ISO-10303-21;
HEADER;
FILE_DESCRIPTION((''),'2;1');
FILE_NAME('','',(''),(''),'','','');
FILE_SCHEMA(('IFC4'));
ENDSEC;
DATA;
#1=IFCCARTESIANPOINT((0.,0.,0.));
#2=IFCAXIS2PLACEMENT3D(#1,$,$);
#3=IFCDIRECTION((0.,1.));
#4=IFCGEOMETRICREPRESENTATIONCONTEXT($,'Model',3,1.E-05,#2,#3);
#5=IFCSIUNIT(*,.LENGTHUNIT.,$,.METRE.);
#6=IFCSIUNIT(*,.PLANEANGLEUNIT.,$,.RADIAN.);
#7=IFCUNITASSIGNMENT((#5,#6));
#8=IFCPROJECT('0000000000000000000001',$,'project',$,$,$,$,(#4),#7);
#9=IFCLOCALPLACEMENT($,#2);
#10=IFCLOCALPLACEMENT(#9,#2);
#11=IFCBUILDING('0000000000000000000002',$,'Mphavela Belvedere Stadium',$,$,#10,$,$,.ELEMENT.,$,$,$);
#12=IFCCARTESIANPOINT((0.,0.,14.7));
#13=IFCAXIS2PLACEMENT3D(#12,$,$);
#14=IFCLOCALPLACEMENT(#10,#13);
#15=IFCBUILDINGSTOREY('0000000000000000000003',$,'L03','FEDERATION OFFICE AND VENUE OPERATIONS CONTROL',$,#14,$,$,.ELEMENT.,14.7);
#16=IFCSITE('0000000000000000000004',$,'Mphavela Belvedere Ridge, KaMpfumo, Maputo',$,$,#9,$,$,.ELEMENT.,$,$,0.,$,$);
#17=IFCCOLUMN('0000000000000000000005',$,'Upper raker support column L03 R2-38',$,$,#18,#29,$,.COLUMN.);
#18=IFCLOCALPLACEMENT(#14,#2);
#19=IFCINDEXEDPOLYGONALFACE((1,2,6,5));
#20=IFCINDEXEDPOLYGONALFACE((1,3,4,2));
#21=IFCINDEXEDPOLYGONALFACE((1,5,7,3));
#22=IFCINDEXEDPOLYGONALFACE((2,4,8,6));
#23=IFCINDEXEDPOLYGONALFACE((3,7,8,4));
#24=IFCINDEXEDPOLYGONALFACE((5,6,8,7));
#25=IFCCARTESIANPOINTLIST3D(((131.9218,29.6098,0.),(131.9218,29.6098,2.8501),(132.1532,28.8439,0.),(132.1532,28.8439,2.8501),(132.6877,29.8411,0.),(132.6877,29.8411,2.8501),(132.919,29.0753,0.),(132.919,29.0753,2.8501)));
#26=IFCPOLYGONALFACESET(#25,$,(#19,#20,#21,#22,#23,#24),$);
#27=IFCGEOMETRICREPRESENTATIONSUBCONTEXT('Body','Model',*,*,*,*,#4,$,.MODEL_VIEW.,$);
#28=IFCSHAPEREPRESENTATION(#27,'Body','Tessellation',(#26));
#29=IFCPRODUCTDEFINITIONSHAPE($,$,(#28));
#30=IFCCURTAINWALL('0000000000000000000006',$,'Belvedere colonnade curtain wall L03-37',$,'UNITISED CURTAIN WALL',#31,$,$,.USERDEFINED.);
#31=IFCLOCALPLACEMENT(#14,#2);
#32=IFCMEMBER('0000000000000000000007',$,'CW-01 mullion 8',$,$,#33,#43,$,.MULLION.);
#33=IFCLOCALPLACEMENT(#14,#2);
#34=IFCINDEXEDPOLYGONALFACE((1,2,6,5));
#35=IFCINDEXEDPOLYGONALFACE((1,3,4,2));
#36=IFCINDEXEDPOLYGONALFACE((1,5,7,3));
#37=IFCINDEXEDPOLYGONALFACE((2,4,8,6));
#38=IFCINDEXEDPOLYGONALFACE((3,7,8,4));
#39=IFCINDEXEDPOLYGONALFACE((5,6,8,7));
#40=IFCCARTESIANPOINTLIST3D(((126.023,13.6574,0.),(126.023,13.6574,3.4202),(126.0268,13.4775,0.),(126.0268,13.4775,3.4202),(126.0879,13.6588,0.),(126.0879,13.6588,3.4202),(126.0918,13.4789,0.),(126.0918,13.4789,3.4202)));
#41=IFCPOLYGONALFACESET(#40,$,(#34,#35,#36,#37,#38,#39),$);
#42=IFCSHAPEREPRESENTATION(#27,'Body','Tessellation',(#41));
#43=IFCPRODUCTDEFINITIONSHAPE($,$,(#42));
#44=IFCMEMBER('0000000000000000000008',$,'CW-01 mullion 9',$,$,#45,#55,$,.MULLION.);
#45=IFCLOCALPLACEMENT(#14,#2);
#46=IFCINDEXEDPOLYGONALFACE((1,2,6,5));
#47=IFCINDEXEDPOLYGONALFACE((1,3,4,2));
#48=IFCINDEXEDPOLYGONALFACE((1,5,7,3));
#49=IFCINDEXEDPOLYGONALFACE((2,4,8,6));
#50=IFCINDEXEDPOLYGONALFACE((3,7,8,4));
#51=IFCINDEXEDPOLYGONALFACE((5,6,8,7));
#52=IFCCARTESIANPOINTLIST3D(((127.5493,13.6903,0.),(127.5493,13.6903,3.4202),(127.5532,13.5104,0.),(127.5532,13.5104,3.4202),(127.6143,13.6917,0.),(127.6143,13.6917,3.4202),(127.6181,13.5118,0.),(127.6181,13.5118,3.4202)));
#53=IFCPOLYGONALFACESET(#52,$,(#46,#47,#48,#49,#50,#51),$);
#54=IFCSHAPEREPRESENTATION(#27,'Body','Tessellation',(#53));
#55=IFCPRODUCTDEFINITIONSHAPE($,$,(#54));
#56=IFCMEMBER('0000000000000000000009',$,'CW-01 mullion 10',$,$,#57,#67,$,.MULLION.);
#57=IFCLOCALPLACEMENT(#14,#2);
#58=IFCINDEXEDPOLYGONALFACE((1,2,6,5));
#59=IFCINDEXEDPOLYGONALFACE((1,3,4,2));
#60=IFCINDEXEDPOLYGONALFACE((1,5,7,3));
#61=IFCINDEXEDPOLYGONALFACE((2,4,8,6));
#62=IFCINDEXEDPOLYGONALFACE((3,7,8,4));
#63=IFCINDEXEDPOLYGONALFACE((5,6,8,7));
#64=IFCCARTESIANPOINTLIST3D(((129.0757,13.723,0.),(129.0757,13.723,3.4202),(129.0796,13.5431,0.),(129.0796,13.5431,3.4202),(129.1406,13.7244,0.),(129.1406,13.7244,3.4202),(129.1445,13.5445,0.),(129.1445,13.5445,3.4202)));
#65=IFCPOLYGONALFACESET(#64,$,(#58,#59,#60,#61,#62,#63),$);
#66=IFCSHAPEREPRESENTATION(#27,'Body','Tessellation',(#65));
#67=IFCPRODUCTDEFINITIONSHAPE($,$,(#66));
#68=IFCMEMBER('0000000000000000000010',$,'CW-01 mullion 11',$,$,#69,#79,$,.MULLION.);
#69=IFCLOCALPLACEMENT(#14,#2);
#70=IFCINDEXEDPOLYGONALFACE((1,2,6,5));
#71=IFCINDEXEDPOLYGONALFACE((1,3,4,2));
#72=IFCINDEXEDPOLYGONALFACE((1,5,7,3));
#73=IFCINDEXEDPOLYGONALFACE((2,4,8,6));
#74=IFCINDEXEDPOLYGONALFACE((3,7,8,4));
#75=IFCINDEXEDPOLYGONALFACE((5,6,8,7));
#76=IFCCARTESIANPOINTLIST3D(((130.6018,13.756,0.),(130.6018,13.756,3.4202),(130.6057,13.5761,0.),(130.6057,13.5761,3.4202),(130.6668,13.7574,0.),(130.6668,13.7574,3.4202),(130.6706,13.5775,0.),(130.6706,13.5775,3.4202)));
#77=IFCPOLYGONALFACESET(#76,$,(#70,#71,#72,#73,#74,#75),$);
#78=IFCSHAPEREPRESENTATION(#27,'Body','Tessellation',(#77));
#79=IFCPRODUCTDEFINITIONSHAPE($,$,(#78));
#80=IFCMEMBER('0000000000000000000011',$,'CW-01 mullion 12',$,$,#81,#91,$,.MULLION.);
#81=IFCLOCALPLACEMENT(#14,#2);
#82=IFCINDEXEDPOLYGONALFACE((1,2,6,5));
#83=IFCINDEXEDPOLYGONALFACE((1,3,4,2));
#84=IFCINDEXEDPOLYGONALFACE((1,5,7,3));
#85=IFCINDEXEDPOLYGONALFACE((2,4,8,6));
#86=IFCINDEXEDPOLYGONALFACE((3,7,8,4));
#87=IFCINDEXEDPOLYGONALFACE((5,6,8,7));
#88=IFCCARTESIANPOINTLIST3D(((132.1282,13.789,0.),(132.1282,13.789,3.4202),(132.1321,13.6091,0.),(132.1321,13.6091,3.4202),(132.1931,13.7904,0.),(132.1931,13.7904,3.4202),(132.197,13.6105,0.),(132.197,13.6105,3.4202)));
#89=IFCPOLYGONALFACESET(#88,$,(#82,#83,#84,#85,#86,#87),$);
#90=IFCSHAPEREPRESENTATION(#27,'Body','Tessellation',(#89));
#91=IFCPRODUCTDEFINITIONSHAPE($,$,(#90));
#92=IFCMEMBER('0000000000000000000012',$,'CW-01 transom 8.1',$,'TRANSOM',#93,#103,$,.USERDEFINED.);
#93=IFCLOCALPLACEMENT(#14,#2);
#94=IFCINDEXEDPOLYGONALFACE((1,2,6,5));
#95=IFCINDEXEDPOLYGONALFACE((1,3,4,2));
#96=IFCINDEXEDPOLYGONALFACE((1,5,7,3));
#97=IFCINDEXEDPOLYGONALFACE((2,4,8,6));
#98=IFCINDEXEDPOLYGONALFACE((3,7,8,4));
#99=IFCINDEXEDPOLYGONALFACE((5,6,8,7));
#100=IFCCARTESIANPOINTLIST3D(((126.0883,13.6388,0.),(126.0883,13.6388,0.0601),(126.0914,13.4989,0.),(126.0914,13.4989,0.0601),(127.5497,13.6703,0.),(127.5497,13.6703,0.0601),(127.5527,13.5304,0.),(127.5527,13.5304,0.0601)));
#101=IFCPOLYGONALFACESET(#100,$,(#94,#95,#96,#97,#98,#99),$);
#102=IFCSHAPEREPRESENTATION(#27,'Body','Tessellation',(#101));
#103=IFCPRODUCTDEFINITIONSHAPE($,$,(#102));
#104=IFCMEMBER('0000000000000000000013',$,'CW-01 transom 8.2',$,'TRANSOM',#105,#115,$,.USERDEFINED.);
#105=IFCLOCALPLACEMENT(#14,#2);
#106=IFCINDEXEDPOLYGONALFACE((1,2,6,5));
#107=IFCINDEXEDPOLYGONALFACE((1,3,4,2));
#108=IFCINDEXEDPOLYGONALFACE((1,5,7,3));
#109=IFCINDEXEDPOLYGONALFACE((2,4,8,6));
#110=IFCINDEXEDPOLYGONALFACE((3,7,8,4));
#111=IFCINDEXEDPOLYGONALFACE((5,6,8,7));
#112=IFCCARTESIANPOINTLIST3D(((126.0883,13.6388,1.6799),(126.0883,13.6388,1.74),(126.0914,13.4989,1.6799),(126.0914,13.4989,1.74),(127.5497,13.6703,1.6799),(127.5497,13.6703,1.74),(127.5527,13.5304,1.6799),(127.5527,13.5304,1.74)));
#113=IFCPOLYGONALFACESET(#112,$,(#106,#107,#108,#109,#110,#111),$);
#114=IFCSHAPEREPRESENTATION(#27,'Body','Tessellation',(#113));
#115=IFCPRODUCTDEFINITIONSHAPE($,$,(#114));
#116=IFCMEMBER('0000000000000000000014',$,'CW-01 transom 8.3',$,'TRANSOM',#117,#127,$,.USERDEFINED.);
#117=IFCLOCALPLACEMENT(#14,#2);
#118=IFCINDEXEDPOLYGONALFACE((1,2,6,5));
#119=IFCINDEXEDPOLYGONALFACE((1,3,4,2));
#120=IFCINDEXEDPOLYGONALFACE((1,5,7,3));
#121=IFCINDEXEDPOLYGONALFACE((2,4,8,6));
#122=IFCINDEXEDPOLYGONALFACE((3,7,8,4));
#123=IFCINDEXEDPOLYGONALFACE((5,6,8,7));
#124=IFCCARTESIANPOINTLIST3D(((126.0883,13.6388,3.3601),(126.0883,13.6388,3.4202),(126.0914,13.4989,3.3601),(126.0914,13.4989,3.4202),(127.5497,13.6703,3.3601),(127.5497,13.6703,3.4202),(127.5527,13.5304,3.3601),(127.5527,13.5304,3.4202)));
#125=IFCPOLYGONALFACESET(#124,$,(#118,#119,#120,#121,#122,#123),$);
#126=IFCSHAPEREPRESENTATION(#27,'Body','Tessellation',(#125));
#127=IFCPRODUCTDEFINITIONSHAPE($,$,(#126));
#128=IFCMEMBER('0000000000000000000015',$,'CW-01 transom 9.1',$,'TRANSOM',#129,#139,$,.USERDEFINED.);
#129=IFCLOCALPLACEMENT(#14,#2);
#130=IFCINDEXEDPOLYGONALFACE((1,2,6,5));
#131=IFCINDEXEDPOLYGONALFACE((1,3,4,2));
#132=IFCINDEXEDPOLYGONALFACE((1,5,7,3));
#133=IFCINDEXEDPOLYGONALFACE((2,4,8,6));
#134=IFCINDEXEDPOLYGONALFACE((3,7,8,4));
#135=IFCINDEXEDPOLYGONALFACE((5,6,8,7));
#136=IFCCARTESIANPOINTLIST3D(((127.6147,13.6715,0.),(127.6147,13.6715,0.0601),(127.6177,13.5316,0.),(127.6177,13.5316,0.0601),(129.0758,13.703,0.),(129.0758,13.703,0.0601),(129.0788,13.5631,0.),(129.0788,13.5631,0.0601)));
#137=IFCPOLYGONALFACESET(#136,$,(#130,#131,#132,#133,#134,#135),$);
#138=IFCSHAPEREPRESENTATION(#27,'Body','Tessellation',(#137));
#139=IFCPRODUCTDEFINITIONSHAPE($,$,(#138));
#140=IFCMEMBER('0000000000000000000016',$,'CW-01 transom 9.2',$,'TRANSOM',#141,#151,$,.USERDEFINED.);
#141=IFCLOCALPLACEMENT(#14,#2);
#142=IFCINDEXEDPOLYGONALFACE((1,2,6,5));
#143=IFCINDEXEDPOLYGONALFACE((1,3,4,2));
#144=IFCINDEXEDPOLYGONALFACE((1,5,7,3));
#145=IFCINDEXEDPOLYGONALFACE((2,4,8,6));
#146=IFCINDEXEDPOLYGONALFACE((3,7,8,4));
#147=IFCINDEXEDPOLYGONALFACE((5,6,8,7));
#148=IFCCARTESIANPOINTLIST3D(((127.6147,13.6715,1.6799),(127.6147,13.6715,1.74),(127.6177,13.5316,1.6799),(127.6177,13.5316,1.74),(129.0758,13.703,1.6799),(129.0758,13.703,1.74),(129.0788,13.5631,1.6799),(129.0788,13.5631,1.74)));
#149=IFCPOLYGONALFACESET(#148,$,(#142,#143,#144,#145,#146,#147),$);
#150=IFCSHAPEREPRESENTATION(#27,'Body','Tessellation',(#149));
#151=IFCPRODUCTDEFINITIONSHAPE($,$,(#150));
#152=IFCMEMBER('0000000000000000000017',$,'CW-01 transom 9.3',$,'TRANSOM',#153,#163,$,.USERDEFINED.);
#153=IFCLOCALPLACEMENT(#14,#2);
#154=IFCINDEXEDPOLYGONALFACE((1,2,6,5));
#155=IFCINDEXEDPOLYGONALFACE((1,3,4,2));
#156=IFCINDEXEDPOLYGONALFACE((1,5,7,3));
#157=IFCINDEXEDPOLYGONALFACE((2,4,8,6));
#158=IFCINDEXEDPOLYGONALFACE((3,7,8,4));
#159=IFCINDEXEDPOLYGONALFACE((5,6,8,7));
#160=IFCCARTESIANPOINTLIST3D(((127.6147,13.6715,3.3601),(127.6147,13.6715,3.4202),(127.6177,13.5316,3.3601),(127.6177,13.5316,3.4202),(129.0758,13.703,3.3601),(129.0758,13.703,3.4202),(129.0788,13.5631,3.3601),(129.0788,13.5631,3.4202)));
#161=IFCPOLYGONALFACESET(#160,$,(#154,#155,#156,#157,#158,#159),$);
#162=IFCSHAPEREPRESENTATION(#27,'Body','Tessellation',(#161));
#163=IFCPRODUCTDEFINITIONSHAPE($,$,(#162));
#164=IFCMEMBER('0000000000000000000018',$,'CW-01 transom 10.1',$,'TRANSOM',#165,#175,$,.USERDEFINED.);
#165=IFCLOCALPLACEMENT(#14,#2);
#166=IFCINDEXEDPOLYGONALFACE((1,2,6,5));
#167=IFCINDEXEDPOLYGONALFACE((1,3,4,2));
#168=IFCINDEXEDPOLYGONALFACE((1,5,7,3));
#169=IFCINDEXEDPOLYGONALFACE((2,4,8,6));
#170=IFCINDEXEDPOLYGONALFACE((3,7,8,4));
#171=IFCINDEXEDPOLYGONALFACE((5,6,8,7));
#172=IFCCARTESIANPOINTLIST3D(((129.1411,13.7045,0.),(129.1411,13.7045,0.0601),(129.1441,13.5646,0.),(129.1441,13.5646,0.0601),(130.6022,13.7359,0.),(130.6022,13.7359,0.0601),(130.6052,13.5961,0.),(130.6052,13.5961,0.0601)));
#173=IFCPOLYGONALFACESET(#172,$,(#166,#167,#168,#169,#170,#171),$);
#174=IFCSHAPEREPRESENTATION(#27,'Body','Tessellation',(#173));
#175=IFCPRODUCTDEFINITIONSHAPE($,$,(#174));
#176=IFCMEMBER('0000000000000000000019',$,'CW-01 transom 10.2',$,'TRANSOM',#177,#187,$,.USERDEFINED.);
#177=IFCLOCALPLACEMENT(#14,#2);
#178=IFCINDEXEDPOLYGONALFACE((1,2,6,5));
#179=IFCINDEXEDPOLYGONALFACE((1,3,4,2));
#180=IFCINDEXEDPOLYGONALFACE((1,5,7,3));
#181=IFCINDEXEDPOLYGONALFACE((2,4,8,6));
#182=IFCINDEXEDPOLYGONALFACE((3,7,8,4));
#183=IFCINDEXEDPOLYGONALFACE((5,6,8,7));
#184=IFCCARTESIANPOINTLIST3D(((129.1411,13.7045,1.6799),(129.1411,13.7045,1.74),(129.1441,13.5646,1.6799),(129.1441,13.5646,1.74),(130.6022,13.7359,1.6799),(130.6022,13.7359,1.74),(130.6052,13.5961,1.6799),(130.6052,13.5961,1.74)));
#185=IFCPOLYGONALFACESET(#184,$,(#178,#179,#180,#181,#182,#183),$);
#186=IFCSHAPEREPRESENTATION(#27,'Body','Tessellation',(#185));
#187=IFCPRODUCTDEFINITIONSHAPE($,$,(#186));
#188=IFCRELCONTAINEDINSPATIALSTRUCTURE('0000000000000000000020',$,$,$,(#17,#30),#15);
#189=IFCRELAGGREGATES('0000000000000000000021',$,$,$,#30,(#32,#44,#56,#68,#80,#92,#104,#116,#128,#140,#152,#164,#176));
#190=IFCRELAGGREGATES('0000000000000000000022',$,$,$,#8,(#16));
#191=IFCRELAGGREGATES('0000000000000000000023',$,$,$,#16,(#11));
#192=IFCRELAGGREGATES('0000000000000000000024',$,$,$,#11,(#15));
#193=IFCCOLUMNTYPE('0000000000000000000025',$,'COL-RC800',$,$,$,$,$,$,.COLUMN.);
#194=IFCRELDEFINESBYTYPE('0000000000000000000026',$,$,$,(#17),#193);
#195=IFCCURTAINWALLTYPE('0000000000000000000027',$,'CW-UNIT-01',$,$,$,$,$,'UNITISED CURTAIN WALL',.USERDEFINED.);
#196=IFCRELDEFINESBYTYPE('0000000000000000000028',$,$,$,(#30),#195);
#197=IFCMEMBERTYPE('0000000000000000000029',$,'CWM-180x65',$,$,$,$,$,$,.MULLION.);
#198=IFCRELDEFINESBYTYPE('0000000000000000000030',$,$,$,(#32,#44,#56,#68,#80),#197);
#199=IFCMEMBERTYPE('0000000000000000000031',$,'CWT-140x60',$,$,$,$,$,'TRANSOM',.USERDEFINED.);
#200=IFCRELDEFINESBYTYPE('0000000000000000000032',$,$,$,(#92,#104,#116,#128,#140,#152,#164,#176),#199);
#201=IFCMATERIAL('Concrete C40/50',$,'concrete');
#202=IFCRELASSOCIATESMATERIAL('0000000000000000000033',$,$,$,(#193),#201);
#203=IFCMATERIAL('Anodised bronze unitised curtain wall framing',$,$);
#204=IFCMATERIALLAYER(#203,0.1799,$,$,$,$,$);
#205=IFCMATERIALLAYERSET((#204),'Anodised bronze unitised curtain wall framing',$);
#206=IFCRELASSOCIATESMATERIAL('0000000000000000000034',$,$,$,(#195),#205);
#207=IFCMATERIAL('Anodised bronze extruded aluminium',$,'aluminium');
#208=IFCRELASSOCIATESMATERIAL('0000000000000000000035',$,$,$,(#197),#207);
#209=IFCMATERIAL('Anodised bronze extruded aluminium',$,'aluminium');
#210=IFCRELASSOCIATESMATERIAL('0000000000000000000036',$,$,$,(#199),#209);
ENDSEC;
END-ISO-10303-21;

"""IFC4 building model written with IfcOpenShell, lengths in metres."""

from ifc_helpers import new_model, si_unit, direction, frame, origin, origin_2d, place, context, subcontext, project, spatial, rectangle, extrude, material, layer, layer_set, material_profile, profile_set, type_object, element, aggregate, save


model = new_model("IFC4")

# Units and contexts
model_context = context("Model", 3, precision=1e-05, world=origin(), true_north=direction((0.0, 1.0)))
body_context = subcontext(model_context, "Body", "Model", "MODEL_VIEW")
ifc_project = project(units=[si_unit("LENGTHUNIT", "METRE"), si_unit("PLANEANGLEUNIT", "RADIAN")], contexts=[model_context])

# Site, building, storey
site_placement = place(None, origin())
site = spatial("IfcSite", under=ifc_project, at=site_placement, Name="Mphavela Belvedere Ridge, KaMpfumo, Maputo", CompositionType="ELEMENT", RefElevation=0.0)
building_placement = place(site_placement, origin())
building = spatial("IfcBuilding", under=site, at=building_placement, Name="Mphavela Belvedere Stadium", CompositionType="ELEMENT")
storey_placement = place(building_placement, frame((0.0, 0.0, 14.7)))
storey = spatial("IfcBuildingStorey", under=building, at=storey_placement, Name="L03", Description="FEDERATION OFFICE AND VENUE OPERATIONS CONTROL", CompositionType="ELEMENT", Elevation=14.7)

# Column
ifc_material_1 = material(Name="Concrete C40/50", Category="concrete")
ifc_material_profile_1 = material_profile(ifc_material_1, rectangle(XDim=0.8, YDim=0.8, at=origin_2d()), Name="RC 800x800")
ifc_profile_set_1 = profile_set([ifc_material_profile_1], Name="Concrete C40/50")
column_type = type_object("IfcColumnType", Name="COL-RC800", PredefinedType="COLUMN", material=ifc_profile_set_1)
column_placement = place(storey_placement, frame((132.4204, 29.3425, 0.0), z_axis=(0.0, 0.0, 1.0), x_axis=(0.289199, -0.957269, 0.0)))
element("IfcColumn", 1, at=column_placement, inside=storey, type_object=column_type, Name="Upper raker support column L03 R2-38", PredefinedType="COLUMN", context=body_context, shape_type="SweptSolid", body=[
    extrude(rectangle(XDim=0.8, YDim=0.8, at=origin_2d()), origin(), (0.0, 0.0, 1.0), 2.8501),
])

# Curtain wall, members
ifc_material_2 = material(Name="Anodised bronze unitised curtain wall framing")
ifc_layer_1 = layer(ifc_material_2, 0.1799)
ifc_layer_set_1 = layer_set([ifc_layer_1], Name="Anodised bronze unitised curtain wall framing")
curtain_wall_type = type_object("IfcCurtainWallType", Name="CW-UNIT-01", ElementType="UNITISED CURTAIN WALL", PredefinedType="USERDEFINED", material=ifc_layer_set_1)
curtain_wall_placement = place(storey_placement, origin())
curtain_wall = element("IfcCurtainWall", 2, at=curtain_wall_placement, inside=storey, type_object=curtain_wall_type, Name="Belvedere colonnade curtain wall L03-37", ObjectType="UNITISED CURTAIN WALL", PredefinedType="USERDEFINED")
ifc_material_3 = material(Name="Anodised bronze extruded aluminium", Category="aluminium")
ifc_material_profile_2 = material_profile(ifc_material_3, rectangle(XDim=0.1799, YDim=0.0649, at=origin_2d()), Name="CW-MUL 180x65")
ifc_profile_set_2 = profile_set([ifc_material_profile_2], Name="Anodised bronze extruded aluminium")
member_type_1 = type_object("IfcMemberType", Name="CWM-180x65", PredefinedType="MULLION", material=ifc_profile_set_2)
member_1_placement = place(storey_placement, frame((126.0574, 13.5681, 0.0), z_axis=(0.0, 0.0, 1.0), x_axis=(-0.021531, 0.999768, 0.0)))
member_1 = element("IfcMember", 3, at=member_1_placement, type_object=member_type_1, Name="CW-01 mullion 8", PredefinedType="MULLION", context=body_context, shape_type="SweptSolid", body=[
    extrude(rectangle(XDim=0.1799, YDim=0.0649, at=origin_2d()), origin(), (0.0, 0.0, 1.0), 3.4202),
])
member_2_placement = place(storey_placement, frame((127.5837, 13.6011, 0.0), z_axis=(0.0, 0.0, 1.0), x_axis=(-0.021531, 0.999768, 0.0)))
member_2 = element("IfcMember", 4, at=member_2_placement, type_object=member_type_1, Name="CW-01 mullion 9", PredefinedType="MULLION", context=body_context, shape_type="SweptSolid", body=[
    extrude(rectangle(XDim=0.1799, YDim=0.0649, at=origin_2d()), origin(), (0.0, 0.0, 1.0), 3.4202),
])
member_3_placement = place(storey_placement, frame((129.1101, 13.6338, 0.0), z_axis=(0.0, 0.0, 1.0), x_axis=(-0.021531, 0.999768, 0.0)))
member_3 = element("IfcMember", 5, at=member_3_placement, type_object=member_type_1, Name="CW-01 mullion 10", PredefinedType="MULLION", context=body_context, shape_type="SweptSolid", body=[
    extrude(rectangle(XDim=0.1799, YDim=0.0649, at=origin_2d()), origin(), (0.0, 0.0, 1.0), 3.4202),
])
member_4_placement = place(storey_placement, frame((130.6362, 13.6667, 0.0), z_axis=(0.0, 0.0, 1.0), x_axis=(-0.021531, 0.999768, 0.0)))
member_4 = element("IfcMember", 6, at=member_4_placement, type_object=member_type_1, Name="CW-01 mullion 11", PredefinedType="MULLION", context=body_context, shape_type="SweptSolid", body=[
    extrude(rectangle(XDim=0.1799, YDim=0.0649, at=origin_2d()), origin(), (0.0, 0.0, 1.0), 3.4202),
])
member_5_placement = place(storey_placement, frame((132.1626, 13.6997, 0.0), z_axis=(0.0, 0.0, 1.0), x_axis=(-0.021531, 0.999768, 0.0)))
member_5 = element("IfcMember", 7, at=member_5_placement, type_object=member_type_1, Name="CW-01 mullion 12", PredefinedType="MULLION", context=body_context, shape_type="SweptSolid", body=[
    extrude(rectangle(XDim=0.1799, YDim=0.0649, at=origin_2d()), origin(), (0.0, 0.0, 1.0), 3.4202),
])
ifc_material_4 = material(Name="Anodised bronze extruded aluminium", Category="aluminium")
ifc_material_profile_3 = material_profile(ifc_material_4, rectangle(XDim=0.1399, YDim=0.0601, at=origin_2d()), Name="CW-TRN 140x60")
ifc_profile_set_3 = profile_set([ifc_material_profile_3], Name="Anodised bronze extruded aluminium")
member_type_2 = type_object("IfcMemberType", Name="CWT-140x60", ElementType="TRANSOM", PredefinedType="USERDEFINED", material=ifc_profile_set_3)
member_6_placement = place(storey_placement, frame((126.0898, 13.5688, 0.03), z_axis=(0.999768, 0.021545, 0.0), x_axis=(-0.021545, 0.999768, 0.0)))
member_6 = element("IfcMember", 8, at=member_6_placement, type_object=member_type_2, Name="CW-01 transom 8.1", ObjectType="TRANSOM", PredefinedType="USERDEFINED", context=body_context, shape_type="SweptSolid", body=[
    extrude(rectangle(XDim=0.1399, YDim=0.0601, at=origin_2d()), origin(), (0.0, 0.0, 1.0), 1.4617),
])
member_7_placement = place(storey_placement, frame((126.0898, 13.5688, 1.71), z_axis=(0.999768, 0.021545, 0.0), x_axis=(-0.021545, 0.999768, 0.0)))
member_7 = element("IfcMember", 9, at=member_7_placement, type_object=member_type_2, Name="CW-01 transom 8.2", ObjectType="TRANSOM", PredefinedType="USERDEFINED", context=body_context, shape_type="SweptSolid", body=[
    extrude(rectangle(XDim=0.1399, YDim=0.0601, at=origin_2d()), origin(), (0.0, 0.0, 1.0), 1.4617),
])
member_8_placement = place(storey_placement, frame((126.0898, 13.5688, 3.3901), z_axis=(0.999768, 0.021545, 0.0), x_axis=(-0.021545, 0.999768, 0.0)))
member_8 = element("IfcMember", 10, at=member_8_placement, type_object=member_type_2, Name="CW-01 transom 8.3", ObjectType="TRANSOM", PredefinedType="USERDEFINED", context=body_context, shape_type="SweptSolid", body=[
    extrude(rectangle(XDim=0.1399, YDim=0.0601, at=origin_2d()), origin(), (0.0, 0.0, 1.0), 1.4617),
])
member_9_placement = place(storey_placement, frame((127.6162, 13.6016, 0.03), z_axis=(0.999768, 0.021549, 0.0), x_axis=(-0.021549, 0.999768, 0.0)))
member_9 = element("IfcMember", 11, at=member_9_placement, type_object=member_type_2, Name="CW-01 transom 9.1", ObjectType="TRANSOM", PredefinedType="USERDEFINED", context=body_context, shape_type="SweptSolid", body=[
    extrude(rectangle(XDim=0.1399, YDim=0.0601, at=origin_2d()), origin(), (0.0, 0.0, 1.0), 1.4614),
])
member_10_placement = place(storey_placement, frame((127.6162, 13.6016, 1.71), z_axis=(0.999768, 0.021549, 0.0), x_axis=(-0.021549, 0.999768, 0.0)))
member_10 = element("IfcMember", 12, at=member_10_placement, type_object=member_type_2, Name="CW-01 transom 9.2", ObjectType="TRANSOM", PredefinedType="USERDEFINED", context=body_context, shape_type="SweptSolid", body=[
    extrude(rectangle(XDim=0.1399, YDim=0.0601, at=origin_2d()), origin(), (0.0, 0.0, 1.0), 1.4614),
])
member_11_placement = place(storey_placement, frame((127.6162, 13.6016, 3.3901), z_axis=(0.999768, 0.021549, 0.0), x_axis=(-0.021549, 0.999768, 0.0)))
member_11 = element("IfcMember", 13, at=member_11_placement, type_object=member_type_2, Name="CW-01 transom 9.3", ObjectType="TRANSOM", PredefinedType="USERDEFINED", context=body_context, shape_type="SweptSolid", body=[
    extrude(rectangle(XDim=0.1399, YDim=0.0601, at=origin_2d()), origin(), (0.0, 0.0, 1.0), 1.4614),
])
member_12_placement = place(storey_placement, frame((129.1426, 13.6345, 0.03), z_axis=(0.999768, 0.021549, 0.0), x_axis=(-0.021549, 0.999768, 0.0)))
member_12 = element("IfcMember", 14, at=member_12_placement, type_object=member_type_2, Name="CW-01 transom 10.1", ObjectType="TRANSOM", PredefinedType="USERDEFINED", context=body_context, shape_type="SweptSolid", body=[
    extrude(rectangle(XDim=0.1399, YDim=0.0601, at=origin_2d()), origin(), (0.0, 0.0, 1.0), 1.4614),
])
member_13_placement = place(storey_placement, frame((129.1426, 13.6345, 1.71), z_axis=(0.999768, 0.021549, 0.0), x_axis=(-0.021549, 0.999768, 0.0)))
member_13 = element("IfcMember", 15, at=member_13_placement, type_object=member_type_2, Name="CW-01 transom 10.2", ObjectType="TRANSOM", PredefinedType="USERDEFINED", context=body_context, shape_type="SweptSolid", body=[
    extrude(rectangle(XDim=0.1399, YDim=0.0601, at=origin_2d()), origin(), (0.0, 0.0, 1.0), 1.4614),
])
aggregate(curtain_wall, [member_1, member_2, member_3, member_4, member_5, member_6, member_7, member_8, member_9, member_10, member_11, member_12, member_13])

save(model, "model.ifc")
